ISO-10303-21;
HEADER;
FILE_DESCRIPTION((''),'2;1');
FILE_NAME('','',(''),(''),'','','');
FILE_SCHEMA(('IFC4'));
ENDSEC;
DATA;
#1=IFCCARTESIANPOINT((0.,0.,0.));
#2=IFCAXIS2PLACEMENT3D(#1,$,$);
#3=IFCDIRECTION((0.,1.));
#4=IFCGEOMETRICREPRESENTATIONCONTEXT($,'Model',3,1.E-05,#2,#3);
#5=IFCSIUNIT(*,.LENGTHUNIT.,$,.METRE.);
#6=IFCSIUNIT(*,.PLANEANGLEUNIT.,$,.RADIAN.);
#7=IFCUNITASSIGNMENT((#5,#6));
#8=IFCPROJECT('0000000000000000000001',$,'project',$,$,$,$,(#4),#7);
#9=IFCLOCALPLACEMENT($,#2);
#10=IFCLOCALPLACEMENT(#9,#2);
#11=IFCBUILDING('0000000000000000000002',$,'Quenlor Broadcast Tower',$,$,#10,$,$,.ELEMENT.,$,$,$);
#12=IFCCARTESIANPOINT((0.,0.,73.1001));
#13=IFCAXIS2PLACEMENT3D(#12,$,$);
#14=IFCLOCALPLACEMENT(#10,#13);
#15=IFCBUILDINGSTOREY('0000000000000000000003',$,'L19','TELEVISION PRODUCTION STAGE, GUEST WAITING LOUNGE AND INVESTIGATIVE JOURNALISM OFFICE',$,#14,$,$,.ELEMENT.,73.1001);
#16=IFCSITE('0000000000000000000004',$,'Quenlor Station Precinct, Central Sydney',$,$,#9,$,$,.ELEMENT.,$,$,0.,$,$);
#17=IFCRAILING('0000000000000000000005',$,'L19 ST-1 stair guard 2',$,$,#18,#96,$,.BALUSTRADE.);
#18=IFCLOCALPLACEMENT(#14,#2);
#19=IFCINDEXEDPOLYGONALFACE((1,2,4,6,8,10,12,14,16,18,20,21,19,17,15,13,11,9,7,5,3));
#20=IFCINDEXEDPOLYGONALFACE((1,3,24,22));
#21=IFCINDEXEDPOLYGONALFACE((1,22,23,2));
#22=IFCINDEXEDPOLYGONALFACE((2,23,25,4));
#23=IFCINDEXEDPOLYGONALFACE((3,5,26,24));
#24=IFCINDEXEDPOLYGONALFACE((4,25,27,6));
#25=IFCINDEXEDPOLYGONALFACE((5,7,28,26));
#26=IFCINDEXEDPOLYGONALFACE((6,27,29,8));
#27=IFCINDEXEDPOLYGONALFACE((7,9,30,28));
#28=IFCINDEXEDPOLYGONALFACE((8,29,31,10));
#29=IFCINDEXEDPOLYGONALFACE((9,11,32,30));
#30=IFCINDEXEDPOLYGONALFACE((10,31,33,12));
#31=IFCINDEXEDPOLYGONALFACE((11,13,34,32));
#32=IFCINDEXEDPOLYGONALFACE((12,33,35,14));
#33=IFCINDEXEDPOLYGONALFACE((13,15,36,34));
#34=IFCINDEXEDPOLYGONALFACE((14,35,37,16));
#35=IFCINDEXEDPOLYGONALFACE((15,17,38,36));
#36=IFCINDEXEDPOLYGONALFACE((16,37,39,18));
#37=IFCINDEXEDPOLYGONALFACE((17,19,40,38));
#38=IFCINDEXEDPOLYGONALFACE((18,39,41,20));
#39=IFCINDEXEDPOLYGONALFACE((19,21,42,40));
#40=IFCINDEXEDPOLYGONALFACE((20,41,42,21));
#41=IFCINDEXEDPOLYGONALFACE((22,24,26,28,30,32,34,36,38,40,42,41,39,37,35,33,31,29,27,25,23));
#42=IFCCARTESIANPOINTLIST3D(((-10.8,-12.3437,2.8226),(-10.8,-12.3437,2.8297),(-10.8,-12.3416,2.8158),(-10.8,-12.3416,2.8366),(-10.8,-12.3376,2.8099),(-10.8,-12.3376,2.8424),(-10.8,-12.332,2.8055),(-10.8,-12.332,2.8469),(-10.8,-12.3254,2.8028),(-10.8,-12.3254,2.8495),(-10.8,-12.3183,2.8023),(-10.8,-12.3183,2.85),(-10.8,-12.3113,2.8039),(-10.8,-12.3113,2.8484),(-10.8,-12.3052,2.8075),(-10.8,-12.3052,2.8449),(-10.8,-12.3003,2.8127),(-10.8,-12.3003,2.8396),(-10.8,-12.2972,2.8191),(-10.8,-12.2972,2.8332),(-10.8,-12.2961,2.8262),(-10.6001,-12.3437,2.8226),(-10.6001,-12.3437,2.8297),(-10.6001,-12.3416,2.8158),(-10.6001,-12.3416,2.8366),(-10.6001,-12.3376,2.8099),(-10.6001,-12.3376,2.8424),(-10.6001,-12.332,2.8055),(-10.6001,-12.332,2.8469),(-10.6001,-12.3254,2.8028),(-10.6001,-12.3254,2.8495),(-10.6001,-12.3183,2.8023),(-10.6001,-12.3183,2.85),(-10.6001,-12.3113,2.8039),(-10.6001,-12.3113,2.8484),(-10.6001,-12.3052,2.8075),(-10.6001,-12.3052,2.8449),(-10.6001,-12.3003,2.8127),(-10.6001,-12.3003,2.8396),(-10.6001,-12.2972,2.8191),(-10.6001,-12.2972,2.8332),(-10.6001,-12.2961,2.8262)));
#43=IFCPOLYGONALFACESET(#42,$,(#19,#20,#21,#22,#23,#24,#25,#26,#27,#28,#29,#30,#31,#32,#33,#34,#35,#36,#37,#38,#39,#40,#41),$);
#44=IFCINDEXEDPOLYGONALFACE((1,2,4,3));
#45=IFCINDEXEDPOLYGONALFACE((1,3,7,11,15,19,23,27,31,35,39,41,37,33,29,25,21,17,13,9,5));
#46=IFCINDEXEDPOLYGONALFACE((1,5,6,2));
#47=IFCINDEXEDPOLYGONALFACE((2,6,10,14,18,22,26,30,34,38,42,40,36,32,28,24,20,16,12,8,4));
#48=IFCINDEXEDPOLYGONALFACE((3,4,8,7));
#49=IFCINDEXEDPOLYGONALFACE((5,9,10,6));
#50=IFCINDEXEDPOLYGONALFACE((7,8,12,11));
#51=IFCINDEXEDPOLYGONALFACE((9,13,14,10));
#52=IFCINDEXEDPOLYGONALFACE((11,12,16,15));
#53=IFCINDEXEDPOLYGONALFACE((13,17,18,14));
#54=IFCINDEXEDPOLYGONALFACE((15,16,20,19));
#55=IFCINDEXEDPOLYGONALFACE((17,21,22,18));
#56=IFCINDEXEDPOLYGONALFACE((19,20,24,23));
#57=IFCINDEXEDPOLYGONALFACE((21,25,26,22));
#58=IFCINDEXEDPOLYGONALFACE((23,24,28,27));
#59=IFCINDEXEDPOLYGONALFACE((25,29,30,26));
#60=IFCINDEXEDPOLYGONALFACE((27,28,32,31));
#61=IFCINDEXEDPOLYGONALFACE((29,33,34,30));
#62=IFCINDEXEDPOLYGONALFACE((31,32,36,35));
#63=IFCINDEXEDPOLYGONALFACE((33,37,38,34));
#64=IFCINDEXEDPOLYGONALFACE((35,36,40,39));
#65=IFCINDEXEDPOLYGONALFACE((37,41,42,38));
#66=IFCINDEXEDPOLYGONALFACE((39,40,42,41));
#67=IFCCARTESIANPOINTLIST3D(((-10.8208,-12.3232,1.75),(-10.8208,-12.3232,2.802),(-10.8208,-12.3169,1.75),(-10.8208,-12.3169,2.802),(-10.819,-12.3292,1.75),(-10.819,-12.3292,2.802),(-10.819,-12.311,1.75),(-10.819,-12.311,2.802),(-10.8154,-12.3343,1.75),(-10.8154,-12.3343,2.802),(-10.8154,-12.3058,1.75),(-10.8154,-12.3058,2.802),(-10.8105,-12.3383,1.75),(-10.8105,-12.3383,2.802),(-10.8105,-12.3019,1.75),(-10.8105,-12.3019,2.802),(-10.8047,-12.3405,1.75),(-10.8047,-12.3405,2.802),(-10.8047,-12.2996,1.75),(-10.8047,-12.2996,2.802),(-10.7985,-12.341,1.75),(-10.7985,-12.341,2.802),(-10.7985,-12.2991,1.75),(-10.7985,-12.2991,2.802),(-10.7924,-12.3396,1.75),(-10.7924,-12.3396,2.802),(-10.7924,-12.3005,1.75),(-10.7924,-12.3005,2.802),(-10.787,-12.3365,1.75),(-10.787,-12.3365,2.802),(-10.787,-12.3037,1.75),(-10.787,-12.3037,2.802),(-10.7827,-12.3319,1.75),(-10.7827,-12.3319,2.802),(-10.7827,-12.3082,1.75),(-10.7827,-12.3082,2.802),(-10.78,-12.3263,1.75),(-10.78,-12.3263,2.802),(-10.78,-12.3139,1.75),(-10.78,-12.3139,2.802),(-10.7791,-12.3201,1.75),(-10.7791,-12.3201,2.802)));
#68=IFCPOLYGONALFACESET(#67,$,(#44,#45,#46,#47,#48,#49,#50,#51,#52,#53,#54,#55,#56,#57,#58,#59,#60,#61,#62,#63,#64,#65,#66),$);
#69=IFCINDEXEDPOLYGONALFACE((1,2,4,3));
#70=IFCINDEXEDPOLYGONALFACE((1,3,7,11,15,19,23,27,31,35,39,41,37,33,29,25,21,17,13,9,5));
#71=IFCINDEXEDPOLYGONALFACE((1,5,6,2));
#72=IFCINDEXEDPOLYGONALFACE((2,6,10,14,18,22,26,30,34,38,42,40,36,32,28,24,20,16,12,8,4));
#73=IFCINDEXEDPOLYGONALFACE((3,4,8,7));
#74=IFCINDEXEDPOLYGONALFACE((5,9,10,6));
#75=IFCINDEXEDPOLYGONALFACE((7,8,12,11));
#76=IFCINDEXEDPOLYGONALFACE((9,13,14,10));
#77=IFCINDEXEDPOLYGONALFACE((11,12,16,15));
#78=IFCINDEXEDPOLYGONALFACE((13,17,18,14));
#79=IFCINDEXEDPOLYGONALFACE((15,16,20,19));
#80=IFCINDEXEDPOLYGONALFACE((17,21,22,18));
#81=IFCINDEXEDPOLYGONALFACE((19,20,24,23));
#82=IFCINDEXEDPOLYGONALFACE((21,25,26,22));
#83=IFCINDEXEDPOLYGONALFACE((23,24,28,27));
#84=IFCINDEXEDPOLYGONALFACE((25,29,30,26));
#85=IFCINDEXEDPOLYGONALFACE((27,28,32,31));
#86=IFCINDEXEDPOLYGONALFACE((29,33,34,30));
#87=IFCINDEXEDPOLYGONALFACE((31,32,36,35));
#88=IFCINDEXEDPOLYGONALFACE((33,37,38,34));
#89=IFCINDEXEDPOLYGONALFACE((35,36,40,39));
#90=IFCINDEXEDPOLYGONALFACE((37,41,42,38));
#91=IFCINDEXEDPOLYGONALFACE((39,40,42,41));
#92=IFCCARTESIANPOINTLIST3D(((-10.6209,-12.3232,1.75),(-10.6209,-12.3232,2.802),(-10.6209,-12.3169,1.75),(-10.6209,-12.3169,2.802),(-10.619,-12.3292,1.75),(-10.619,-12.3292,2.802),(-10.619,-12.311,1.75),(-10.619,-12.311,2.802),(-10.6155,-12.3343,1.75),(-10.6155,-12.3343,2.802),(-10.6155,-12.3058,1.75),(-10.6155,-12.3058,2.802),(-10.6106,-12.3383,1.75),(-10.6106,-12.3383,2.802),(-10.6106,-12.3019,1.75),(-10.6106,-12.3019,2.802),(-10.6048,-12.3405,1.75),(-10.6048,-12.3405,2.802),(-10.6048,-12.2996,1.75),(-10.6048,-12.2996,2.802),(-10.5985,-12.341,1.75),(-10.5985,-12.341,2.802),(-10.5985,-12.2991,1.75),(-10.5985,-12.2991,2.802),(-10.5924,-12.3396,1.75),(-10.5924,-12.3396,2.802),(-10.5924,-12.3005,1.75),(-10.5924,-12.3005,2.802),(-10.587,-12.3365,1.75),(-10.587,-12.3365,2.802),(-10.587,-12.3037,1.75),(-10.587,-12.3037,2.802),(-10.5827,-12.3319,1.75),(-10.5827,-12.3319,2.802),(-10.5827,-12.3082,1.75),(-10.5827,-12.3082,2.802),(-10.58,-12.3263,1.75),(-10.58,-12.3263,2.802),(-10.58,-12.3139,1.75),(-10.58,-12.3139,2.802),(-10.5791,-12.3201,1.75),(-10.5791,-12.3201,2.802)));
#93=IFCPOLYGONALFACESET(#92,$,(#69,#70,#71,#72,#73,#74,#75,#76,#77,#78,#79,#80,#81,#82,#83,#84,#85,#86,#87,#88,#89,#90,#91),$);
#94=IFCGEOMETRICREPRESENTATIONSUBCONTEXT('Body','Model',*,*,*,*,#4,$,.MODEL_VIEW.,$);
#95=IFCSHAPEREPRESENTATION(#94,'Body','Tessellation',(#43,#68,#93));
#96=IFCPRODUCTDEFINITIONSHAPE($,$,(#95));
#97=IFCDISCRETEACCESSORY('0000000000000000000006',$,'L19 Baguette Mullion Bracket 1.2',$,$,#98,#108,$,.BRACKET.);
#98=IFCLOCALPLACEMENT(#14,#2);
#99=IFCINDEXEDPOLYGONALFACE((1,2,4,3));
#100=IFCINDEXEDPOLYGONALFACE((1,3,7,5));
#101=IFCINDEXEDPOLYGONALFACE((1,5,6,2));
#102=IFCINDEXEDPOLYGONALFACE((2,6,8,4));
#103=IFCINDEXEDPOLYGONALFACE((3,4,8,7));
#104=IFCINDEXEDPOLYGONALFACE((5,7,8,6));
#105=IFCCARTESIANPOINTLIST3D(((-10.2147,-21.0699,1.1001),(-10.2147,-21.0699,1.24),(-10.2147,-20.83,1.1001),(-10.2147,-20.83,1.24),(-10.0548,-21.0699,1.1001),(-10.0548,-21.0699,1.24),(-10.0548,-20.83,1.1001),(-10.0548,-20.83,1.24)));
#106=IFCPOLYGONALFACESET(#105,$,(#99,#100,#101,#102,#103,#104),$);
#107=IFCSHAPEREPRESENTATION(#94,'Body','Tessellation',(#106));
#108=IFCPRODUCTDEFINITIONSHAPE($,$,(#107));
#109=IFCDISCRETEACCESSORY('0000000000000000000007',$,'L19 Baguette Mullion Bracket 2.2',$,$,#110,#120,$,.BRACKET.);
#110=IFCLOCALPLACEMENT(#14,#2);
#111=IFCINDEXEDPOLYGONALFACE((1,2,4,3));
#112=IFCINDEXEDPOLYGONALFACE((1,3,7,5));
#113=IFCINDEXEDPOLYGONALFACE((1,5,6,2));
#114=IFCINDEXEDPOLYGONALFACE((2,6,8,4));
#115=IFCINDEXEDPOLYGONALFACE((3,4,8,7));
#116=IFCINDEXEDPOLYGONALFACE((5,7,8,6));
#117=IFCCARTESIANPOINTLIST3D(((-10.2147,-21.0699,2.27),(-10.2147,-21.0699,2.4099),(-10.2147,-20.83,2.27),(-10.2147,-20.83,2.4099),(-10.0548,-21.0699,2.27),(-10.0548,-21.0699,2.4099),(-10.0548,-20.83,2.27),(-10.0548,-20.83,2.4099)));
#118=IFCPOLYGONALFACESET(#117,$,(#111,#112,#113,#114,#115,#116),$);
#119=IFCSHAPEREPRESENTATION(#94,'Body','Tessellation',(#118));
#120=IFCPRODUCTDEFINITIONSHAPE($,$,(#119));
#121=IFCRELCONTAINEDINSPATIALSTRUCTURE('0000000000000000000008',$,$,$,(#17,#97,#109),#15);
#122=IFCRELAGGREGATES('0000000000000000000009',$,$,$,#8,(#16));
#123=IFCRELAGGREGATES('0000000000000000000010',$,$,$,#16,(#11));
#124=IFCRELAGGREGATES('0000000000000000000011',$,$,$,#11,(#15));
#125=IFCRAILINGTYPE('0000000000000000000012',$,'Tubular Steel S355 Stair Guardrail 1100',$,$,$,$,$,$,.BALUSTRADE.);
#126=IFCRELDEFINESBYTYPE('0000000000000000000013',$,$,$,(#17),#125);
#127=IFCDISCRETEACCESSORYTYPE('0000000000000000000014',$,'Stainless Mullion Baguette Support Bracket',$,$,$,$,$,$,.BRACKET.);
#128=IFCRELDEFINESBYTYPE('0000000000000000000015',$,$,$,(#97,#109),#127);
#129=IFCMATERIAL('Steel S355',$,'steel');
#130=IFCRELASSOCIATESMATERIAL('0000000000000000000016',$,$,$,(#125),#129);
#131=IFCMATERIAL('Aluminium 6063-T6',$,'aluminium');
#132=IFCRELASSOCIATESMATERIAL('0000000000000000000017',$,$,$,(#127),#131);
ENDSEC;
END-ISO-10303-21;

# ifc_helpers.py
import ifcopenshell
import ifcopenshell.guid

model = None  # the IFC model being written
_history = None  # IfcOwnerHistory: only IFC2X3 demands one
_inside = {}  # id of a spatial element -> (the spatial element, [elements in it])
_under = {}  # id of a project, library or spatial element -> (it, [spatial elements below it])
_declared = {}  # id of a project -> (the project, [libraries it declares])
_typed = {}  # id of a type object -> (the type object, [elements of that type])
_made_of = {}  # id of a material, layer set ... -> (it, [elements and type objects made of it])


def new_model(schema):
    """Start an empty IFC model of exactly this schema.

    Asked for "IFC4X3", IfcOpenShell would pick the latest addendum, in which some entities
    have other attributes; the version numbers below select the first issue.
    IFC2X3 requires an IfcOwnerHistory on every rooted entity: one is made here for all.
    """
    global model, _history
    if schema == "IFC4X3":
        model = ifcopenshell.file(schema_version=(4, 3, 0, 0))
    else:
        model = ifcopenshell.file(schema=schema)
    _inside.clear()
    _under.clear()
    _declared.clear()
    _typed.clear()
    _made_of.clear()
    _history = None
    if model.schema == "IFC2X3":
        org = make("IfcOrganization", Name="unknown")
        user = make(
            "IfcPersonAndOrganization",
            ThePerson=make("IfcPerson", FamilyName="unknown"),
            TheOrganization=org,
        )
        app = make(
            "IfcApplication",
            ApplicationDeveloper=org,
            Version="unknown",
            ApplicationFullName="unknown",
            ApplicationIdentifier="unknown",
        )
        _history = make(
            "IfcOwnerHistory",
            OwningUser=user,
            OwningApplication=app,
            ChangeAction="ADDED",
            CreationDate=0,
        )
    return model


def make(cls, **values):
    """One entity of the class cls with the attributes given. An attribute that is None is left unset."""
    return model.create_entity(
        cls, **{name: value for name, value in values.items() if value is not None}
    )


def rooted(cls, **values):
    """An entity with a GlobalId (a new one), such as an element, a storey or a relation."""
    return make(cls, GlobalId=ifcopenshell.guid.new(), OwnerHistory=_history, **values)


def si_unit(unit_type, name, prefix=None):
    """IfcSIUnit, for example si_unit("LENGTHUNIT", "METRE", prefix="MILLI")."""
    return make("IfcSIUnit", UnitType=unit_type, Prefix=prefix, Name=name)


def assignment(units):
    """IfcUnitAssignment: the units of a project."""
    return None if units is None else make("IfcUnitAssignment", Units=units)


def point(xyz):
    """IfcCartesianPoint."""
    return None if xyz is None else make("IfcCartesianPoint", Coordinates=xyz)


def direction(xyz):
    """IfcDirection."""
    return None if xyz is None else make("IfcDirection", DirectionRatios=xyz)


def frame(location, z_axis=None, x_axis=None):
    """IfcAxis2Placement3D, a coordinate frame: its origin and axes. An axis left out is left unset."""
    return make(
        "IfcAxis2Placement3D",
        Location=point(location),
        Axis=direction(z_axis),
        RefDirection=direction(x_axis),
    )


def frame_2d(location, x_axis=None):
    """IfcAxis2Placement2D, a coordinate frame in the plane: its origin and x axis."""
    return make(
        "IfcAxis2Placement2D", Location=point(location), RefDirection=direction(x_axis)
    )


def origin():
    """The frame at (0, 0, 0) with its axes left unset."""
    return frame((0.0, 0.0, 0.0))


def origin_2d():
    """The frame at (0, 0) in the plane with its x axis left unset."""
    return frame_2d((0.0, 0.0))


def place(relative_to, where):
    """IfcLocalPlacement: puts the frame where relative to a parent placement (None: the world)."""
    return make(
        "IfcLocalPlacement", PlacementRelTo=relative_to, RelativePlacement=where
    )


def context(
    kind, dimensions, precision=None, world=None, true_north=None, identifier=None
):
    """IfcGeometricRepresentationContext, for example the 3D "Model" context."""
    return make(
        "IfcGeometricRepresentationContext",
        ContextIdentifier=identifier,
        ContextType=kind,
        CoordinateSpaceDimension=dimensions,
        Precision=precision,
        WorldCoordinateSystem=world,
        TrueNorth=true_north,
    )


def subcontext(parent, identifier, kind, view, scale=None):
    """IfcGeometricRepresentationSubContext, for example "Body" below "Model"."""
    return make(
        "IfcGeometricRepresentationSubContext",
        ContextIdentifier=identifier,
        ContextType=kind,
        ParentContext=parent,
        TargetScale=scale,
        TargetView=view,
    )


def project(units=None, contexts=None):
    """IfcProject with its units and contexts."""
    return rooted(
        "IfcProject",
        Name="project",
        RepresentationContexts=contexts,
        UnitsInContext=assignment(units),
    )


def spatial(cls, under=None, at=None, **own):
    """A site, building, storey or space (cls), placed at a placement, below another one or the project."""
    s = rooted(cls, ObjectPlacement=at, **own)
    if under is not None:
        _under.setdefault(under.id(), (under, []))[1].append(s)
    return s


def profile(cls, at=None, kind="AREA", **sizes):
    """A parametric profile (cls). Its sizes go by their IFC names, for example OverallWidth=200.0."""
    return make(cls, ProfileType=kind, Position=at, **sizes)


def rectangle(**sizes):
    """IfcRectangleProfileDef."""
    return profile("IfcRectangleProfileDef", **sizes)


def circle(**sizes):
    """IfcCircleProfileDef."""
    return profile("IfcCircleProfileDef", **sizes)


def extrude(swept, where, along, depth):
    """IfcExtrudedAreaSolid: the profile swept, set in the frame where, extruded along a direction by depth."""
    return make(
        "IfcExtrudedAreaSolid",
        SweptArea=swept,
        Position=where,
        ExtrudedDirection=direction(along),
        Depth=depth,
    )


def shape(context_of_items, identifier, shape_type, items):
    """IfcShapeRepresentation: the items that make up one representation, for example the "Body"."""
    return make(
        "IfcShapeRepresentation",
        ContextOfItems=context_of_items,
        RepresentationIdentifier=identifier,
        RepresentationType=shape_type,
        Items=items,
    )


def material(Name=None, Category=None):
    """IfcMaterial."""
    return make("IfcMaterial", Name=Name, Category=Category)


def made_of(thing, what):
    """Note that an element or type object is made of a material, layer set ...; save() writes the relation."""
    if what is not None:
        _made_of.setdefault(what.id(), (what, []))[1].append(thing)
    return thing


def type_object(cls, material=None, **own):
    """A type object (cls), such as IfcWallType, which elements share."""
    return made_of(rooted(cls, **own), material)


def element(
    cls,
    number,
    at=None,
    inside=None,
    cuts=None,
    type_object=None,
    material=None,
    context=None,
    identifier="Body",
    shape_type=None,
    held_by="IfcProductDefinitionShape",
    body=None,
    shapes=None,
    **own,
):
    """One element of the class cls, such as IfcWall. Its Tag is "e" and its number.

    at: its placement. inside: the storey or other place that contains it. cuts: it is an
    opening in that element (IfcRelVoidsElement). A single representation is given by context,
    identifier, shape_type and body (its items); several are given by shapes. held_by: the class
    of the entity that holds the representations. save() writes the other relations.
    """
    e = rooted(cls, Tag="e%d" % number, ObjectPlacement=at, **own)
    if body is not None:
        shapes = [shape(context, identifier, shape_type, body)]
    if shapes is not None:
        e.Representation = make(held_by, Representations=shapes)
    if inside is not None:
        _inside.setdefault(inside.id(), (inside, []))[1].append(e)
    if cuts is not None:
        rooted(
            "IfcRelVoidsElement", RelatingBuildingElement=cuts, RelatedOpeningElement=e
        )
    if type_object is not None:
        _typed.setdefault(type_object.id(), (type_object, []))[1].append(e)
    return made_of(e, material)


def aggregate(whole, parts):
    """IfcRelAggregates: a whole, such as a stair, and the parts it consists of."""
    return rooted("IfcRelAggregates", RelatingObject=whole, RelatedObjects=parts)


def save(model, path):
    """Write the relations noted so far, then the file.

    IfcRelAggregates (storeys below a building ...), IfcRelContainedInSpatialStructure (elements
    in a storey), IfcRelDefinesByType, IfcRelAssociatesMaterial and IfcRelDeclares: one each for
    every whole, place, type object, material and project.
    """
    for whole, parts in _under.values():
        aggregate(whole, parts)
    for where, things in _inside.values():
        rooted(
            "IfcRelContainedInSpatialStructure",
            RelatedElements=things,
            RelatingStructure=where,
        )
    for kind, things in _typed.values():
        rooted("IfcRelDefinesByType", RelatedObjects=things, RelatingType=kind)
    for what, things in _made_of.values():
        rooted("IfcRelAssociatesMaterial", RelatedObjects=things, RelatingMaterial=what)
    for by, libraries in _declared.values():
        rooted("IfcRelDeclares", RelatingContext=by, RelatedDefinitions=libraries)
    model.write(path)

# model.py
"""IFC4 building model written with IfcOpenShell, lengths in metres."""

from ifc_helpers import new_model, si_unit, direction, frame, origin, origin_2d, place, context, subcontext, project, spatial, rectangle, circle, extrude, material, type_object, element, save


model = new_model("IFC4")

# Units and contexts
model_context = context("Model", 3, precision=1e-05, world=origin(), true_north=direction((0.0, 1.0)))
body_context = subcontext(model_context, "Body", "Model", "MODEL_VIEW")
ifc_project = project(units=[si_unit("LENGTHUNIT", "METRE"), si_unit("PLANEANGLEUNIT", "RADIAN")], contexts=[model_context])

# Site, building, storey
site_placement = place(None, origin())
site = spatial("IfcSite", under=ifc_project, at=site_placement, Name="Quenlor Station Precinct, Central Sydney", CompositionType="ELEMENT", RefElevation=0.0)
building_placement = place(site_placement, origin())
building = spatial("IfcBuilding", under=site, at=building_placement, Name="Quenlor Broadcast Tower", CompositionType="ELEMENT")
storey_placement = place(building_placement, frame((0.0, 0.0, 73.1001)))
storey = spatial("IfcBuildingStorey", under=building, at=storey_placement, Name="L19", Description="TELEVISION PRODUCTION STAGE, GUEST WAITING LOUNGE AND INVESTIGATIVE JOURNALISM OFFICE", CompositionType="ELEMENT", Elevation=73.1001)

# Railing
ifc_material_1 = material(Name="Steel S355", Category="steel")
railing_type = type_object("IfcRailingType", Name="Tubular Steel S355 Stair Guardrail 1100", PredefinedType="BALUSTRADE", material=ifc_material_1)
railing_placement = place(storey_placement, frame((-10.8, -12.3201, 1.75)))
element("IfcRailing", 1, at=railing_placement, inside=storey, type_object=railing_type, Name="L19 ST-1 stair guard 2", PredefinedType="BALUSTRADE", context=body_context, shape_type="SweptSolid", body=[
    extrude(circle(Radius=0.0239, at=origin_2d()), frame((0.0, 0.0, 1.0762), z_axis=(1.0, 0.0, 0.0), x_axis=(0.0, 1.0, 0.0)), (0.0, 0.0, 1.0), 0.2),
    extrude(circle(Radius=0.021, at=origin_2d()), origin(), (0.0, 0.0, 1.0), 1.052),
    extrude(circle(Radius=0.021, at=origin_2d()), frame((0.2, 0.0, 0.0)), (0.0, 0.0, 1.0), 1.052),
])

# Discrete accessories
ifc_material_2 = material(Name="Aluminium 6063-T6", Category="aluminium")
discrete_accessory_type = type_object("IfcDiscreteAccessoryType", Name="Stainless Mullion Baguette Support Bracket", PredefinedType="BRACKET", material=ifc_material_2)
for number, where, z_axis, x_axis, name in (
    (2, (-10.1348, -20.95, 1.1001), (0.0, 0.0, 1.0), (-1.0, 0.0, 0.0), "L19 Baguette Mullion Bracket 1.2"),
    (3, (-10.1348, -20.95, 2.27), (0.0, 0.0, 1.0), (-1.0, 0.0, 0.0), "L19 Baguette Mullion Bracket 2.2"),
):
    element("IfcDiscreteAccessory", number, at=place(storey_placement, frame(where, z_axis=z_axis, x_axis=x_axis)), inside=storey, type_object=discrete_accessory_type, Name=name, PredefinedType="BRACKET", context=body_context, shape_type="SweptSolid", body=[
        extrude(rectangle(XDim=0.1599, YDim=0.24, at=origin_2d()), origin(), (0.0, 0.0, 1.0), 0.1399),
    ])

save(model, "model.ifc")
